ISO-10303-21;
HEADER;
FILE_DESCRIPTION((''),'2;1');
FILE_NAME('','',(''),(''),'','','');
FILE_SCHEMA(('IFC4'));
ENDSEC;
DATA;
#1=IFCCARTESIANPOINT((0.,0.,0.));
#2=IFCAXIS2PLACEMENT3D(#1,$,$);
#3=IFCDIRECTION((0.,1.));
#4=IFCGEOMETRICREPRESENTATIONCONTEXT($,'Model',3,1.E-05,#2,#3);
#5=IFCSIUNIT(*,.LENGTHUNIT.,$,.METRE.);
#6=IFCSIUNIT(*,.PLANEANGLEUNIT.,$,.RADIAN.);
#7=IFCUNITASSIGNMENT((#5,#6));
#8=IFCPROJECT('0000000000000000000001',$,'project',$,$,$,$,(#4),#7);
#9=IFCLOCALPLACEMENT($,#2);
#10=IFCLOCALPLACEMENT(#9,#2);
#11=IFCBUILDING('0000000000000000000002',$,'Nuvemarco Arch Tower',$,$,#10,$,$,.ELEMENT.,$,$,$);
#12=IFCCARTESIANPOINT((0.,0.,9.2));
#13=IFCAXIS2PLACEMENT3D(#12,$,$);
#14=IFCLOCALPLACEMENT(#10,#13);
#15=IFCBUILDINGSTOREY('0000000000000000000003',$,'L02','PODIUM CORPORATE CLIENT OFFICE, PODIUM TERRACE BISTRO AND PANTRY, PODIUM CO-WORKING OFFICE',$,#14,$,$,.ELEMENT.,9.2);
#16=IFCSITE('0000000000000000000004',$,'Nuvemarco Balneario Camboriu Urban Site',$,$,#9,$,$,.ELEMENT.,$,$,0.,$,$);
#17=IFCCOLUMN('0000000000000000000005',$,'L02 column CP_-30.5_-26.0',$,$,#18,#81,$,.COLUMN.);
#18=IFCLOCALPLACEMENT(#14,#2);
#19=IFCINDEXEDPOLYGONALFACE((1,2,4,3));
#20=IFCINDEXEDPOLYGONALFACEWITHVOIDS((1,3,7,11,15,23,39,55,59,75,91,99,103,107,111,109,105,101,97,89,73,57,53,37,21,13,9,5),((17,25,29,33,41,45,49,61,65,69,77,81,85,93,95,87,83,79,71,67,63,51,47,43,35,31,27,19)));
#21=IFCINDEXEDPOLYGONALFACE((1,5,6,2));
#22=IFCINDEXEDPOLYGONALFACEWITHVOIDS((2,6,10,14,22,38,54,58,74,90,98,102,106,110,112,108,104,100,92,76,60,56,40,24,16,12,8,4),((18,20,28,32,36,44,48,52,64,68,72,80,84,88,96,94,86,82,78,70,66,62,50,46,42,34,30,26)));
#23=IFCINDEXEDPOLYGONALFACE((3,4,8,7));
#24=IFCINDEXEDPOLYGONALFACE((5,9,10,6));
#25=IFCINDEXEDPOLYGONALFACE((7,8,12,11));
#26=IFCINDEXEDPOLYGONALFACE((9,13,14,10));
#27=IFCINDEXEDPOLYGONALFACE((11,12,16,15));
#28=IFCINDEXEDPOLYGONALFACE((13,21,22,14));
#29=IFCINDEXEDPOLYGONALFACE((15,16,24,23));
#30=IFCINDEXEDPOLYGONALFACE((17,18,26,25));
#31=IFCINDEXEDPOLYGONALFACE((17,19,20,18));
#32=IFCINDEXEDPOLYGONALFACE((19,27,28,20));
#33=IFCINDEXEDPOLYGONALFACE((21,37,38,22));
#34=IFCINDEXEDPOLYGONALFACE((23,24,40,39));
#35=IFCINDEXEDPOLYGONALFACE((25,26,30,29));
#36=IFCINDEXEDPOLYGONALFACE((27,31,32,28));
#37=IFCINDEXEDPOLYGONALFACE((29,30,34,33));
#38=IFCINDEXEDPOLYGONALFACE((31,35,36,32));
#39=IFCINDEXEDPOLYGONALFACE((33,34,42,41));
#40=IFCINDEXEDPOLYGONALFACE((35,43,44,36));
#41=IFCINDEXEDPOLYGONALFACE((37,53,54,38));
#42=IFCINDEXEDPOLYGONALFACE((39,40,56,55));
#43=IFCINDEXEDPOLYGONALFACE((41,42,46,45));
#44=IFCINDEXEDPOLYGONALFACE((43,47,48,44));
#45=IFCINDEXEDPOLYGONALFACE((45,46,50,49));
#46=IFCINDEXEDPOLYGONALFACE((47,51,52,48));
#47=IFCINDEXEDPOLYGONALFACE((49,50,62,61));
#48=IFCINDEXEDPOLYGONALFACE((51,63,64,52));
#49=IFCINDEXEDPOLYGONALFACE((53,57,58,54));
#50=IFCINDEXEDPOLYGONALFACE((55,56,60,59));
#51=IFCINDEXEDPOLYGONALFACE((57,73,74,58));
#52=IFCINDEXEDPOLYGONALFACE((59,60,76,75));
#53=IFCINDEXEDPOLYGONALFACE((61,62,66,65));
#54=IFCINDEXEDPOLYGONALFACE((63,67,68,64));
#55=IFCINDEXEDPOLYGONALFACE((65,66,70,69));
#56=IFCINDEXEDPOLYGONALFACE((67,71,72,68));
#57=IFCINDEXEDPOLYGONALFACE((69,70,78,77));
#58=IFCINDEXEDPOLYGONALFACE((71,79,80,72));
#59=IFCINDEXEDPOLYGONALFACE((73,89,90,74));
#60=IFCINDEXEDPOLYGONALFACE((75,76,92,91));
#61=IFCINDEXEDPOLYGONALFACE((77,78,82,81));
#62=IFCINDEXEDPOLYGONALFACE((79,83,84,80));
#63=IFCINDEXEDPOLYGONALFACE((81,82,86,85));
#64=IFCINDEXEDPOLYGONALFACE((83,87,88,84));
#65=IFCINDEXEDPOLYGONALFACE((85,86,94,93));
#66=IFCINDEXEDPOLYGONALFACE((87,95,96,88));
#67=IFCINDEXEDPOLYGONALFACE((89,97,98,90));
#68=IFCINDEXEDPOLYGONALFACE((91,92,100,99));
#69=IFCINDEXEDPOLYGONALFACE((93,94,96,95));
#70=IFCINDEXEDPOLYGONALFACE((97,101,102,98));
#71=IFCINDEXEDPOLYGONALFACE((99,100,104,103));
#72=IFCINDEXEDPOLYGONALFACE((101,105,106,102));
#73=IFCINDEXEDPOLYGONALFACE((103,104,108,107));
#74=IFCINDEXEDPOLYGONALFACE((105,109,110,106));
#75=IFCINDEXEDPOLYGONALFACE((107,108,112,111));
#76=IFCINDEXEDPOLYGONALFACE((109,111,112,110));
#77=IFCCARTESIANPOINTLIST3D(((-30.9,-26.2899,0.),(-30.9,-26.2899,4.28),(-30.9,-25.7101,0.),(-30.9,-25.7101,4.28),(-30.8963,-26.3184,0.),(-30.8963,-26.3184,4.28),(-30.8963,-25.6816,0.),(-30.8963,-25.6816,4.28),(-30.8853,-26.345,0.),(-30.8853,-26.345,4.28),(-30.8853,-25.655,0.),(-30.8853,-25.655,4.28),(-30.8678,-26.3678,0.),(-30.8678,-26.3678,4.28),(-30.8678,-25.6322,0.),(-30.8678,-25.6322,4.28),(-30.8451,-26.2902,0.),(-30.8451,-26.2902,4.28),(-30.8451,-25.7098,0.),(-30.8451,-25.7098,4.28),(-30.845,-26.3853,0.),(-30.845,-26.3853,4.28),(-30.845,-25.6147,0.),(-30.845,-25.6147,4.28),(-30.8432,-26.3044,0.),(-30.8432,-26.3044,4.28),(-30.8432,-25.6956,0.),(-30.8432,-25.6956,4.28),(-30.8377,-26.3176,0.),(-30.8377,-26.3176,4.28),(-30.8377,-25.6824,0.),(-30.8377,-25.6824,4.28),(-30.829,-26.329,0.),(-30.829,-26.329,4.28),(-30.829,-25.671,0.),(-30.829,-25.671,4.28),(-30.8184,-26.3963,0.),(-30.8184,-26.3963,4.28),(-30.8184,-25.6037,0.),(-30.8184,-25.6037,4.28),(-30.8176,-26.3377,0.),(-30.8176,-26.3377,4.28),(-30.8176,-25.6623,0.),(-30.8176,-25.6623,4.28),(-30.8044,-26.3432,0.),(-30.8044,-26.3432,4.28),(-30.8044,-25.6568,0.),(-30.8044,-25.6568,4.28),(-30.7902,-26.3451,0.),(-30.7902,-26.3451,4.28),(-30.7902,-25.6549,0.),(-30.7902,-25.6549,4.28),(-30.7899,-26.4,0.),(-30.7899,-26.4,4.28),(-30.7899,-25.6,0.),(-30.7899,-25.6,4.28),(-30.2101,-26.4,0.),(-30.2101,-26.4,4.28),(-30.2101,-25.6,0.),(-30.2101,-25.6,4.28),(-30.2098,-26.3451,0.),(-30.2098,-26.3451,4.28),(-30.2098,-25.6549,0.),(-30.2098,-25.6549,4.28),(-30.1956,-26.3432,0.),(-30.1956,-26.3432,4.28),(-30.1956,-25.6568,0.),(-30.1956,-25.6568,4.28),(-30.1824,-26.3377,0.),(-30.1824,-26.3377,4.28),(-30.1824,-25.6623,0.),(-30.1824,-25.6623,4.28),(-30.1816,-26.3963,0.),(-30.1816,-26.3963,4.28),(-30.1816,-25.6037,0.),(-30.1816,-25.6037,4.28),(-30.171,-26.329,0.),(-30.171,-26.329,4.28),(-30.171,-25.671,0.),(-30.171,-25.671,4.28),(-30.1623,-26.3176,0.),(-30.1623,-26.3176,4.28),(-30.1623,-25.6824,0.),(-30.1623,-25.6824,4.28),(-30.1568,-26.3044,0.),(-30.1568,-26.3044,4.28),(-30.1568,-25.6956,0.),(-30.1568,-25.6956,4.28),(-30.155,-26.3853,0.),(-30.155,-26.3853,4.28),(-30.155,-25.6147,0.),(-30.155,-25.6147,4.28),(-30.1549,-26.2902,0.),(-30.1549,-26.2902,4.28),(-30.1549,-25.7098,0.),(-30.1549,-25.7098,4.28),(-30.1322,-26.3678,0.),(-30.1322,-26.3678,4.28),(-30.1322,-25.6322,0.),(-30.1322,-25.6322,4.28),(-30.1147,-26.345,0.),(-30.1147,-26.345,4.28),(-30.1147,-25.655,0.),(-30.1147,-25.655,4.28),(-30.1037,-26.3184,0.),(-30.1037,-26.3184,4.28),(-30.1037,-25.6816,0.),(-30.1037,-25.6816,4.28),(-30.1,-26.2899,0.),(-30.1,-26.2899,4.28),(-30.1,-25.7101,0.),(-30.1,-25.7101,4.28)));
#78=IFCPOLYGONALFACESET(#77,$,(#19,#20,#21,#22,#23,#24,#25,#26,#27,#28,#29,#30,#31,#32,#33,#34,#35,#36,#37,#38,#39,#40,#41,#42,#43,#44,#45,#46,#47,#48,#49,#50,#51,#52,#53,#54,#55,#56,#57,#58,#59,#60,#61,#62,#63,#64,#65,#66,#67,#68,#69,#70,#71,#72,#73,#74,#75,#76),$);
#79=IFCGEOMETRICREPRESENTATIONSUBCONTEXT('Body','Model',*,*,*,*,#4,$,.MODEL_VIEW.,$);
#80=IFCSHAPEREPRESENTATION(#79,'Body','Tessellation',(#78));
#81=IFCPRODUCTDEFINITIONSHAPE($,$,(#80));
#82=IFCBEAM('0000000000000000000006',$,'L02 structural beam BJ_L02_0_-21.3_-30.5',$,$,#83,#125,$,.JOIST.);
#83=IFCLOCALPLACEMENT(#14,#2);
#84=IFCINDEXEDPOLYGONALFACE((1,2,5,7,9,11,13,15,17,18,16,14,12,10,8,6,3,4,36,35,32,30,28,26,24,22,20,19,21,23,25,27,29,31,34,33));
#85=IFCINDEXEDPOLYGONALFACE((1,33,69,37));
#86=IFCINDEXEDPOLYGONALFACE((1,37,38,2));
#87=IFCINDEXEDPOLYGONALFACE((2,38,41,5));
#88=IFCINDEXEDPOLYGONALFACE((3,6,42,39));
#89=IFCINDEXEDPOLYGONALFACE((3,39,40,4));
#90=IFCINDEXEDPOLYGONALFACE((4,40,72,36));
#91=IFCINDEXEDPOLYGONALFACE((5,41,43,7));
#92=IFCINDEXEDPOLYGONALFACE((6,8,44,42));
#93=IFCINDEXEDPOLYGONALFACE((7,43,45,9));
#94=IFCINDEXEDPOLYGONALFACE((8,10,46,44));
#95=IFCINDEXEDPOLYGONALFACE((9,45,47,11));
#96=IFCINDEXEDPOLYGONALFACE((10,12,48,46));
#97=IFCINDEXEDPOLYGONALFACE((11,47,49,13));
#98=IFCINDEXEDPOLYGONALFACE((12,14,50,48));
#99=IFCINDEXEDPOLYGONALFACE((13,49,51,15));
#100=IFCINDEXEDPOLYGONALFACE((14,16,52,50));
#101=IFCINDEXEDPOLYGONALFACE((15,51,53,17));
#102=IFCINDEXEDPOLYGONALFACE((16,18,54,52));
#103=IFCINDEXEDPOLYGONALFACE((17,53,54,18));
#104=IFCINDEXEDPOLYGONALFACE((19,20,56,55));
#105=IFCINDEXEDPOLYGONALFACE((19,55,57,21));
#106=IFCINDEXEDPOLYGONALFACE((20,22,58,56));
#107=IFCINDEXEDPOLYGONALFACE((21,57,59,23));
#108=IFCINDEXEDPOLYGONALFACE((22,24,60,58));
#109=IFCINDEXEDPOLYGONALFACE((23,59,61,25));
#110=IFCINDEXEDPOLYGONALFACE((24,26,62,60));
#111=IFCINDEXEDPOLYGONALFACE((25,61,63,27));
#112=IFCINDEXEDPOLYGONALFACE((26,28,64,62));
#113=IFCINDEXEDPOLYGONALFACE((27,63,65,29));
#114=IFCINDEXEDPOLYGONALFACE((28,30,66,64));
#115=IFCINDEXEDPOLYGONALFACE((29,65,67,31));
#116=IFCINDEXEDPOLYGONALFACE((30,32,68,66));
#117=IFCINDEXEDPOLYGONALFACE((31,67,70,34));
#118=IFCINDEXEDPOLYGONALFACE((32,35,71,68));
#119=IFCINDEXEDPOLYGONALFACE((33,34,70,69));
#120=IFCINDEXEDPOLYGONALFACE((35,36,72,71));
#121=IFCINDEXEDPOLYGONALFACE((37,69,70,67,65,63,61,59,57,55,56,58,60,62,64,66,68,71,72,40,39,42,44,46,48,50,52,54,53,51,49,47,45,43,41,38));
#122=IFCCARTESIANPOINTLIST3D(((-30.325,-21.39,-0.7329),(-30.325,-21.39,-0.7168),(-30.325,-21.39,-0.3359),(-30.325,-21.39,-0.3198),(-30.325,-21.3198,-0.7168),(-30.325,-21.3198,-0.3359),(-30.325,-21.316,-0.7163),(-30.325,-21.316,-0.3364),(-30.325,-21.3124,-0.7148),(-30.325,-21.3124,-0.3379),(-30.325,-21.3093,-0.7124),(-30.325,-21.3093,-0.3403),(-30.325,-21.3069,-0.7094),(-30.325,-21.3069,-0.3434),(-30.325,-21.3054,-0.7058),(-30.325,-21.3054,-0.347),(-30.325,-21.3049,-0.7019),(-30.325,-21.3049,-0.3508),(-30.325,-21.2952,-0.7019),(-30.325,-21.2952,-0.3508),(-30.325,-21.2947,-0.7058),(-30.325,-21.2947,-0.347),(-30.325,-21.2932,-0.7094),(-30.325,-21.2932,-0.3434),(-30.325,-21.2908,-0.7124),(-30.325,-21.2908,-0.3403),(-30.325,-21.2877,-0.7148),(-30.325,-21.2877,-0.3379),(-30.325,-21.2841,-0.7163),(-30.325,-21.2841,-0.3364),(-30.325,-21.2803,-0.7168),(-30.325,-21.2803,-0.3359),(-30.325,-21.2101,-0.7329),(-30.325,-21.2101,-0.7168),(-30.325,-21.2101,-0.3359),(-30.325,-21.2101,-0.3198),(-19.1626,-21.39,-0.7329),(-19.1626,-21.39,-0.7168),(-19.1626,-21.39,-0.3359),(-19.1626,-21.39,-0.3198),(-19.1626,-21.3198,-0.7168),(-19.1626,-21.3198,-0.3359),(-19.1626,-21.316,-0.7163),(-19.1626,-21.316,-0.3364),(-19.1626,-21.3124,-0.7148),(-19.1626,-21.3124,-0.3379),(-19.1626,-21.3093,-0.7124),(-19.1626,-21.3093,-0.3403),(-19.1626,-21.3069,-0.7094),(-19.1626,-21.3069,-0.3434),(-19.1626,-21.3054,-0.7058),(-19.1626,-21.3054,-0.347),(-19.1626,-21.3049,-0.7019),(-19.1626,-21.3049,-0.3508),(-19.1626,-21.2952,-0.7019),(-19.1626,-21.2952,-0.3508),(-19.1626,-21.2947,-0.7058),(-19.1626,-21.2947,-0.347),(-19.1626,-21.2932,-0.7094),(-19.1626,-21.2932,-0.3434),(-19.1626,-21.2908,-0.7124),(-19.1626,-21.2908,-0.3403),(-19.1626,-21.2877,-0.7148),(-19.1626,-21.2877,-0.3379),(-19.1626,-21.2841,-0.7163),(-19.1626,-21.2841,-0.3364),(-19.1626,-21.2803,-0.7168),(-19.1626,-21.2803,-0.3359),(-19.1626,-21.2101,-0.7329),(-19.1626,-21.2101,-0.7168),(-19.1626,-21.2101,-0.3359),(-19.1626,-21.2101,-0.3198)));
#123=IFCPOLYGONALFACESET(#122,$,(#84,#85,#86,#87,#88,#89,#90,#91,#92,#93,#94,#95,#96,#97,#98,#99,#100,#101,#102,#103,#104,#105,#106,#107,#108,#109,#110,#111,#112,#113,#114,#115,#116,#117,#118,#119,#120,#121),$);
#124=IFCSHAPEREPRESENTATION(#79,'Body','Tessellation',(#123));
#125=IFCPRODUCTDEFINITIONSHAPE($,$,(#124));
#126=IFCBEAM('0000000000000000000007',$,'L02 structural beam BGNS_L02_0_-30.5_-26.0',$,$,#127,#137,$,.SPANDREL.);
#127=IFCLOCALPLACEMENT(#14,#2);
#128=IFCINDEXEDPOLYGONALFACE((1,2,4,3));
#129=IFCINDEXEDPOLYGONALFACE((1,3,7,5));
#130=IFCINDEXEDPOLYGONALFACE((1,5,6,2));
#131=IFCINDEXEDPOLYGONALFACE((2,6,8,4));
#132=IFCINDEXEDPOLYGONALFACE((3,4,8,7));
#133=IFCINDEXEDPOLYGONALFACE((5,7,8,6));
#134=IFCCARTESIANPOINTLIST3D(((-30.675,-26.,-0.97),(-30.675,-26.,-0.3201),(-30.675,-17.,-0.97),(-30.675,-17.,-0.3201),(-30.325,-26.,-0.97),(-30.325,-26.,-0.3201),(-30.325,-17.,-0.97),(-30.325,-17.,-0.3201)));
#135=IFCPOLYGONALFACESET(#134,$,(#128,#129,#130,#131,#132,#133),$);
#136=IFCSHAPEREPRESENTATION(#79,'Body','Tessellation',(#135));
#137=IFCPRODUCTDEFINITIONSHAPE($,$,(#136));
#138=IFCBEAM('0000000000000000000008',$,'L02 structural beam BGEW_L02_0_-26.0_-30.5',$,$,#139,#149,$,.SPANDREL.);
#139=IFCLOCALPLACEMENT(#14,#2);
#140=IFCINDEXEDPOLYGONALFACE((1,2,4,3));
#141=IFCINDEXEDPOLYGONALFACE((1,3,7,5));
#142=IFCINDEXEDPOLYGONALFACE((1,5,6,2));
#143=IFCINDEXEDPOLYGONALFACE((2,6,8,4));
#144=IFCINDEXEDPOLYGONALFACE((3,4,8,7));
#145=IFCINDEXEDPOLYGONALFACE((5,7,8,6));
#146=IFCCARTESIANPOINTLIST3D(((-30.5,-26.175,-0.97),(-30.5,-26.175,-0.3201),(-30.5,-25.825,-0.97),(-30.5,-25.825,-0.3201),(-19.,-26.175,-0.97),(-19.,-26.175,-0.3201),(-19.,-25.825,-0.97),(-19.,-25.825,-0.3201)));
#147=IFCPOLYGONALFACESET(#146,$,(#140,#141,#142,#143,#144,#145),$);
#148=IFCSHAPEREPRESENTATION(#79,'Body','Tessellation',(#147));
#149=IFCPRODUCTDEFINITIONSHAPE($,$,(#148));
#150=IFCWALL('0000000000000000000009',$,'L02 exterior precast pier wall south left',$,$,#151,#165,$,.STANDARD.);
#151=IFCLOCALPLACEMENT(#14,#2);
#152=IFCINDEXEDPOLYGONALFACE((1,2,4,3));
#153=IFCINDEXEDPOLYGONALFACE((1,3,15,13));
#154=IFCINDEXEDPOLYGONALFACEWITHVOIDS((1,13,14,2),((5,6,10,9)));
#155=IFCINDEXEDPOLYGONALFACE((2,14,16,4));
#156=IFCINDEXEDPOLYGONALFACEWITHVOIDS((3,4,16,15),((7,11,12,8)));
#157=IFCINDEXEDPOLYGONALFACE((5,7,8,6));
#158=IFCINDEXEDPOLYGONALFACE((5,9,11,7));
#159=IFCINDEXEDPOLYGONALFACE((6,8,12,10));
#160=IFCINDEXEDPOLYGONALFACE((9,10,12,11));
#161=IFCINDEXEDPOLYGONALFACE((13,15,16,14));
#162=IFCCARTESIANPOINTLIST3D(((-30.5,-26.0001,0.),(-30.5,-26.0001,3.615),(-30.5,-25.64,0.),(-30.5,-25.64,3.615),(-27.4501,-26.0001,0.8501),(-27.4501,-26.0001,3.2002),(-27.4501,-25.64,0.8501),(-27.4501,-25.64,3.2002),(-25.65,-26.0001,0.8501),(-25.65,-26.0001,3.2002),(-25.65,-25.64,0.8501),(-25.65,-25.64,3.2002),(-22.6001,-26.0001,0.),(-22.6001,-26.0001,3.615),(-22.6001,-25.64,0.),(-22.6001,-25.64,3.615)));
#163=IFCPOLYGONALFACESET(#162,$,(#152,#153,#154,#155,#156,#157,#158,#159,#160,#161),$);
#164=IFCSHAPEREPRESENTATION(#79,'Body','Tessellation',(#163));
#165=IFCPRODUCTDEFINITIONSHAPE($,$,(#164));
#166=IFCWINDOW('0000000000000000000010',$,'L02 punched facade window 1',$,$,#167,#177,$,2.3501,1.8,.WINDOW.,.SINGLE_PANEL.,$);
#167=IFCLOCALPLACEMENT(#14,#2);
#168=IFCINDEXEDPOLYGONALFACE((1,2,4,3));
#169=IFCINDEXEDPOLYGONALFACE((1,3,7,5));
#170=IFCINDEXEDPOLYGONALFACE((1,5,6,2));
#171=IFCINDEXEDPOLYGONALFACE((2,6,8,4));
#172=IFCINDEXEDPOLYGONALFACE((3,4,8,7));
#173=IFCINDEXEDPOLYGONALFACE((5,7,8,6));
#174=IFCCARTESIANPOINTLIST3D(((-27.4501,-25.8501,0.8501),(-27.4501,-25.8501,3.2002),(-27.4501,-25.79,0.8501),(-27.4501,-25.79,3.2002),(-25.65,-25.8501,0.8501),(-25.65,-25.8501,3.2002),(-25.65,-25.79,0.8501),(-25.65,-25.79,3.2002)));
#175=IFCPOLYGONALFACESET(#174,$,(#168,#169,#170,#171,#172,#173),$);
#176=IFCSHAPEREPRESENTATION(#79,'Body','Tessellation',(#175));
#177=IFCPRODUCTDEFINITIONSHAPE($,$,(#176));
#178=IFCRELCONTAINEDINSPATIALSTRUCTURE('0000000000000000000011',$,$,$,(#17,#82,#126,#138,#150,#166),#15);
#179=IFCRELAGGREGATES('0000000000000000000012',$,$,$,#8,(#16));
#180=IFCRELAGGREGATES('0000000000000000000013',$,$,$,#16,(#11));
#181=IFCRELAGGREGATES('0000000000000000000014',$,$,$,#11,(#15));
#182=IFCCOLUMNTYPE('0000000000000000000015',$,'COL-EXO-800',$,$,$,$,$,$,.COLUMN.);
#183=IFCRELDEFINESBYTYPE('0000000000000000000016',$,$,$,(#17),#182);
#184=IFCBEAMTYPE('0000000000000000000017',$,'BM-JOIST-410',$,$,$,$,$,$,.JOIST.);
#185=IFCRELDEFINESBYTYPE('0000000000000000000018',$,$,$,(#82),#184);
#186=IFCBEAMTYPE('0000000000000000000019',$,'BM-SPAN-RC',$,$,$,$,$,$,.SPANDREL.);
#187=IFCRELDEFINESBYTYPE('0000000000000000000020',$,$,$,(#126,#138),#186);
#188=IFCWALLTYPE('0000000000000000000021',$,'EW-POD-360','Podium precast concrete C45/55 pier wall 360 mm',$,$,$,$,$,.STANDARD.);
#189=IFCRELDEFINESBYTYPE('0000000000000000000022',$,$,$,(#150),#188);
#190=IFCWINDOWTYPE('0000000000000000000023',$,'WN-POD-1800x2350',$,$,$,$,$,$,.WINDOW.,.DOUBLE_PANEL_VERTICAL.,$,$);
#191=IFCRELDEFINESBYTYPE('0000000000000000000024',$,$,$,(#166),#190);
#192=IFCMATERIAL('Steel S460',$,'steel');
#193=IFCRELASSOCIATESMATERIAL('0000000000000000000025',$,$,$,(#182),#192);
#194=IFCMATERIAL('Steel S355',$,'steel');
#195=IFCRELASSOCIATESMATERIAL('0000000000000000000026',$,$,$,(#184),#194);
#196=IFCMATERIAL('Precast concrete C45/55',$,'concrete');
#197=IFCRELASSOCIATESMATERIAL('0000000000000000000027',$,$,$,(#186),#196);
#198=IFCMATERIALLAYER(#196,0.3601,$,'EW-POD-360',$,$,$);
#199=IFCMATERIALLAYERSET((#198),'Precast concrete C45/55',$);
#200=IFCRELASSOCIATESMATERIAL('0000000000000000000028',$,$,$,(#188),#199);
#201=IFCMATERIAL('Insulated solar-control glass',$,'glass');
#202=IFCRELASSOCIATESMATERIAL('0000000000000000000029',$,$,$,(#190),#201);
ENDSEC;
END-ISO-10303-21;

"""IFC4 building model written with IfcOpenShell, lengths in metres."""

from ifc_helpers import new_model, si_unit, direction, frame, frame_2d, origin, origin_2d, place, context, subcontext, project, spatial, rectangle, hollow_rectangle, i_section, extrude, source, transform, mapped, material, layer, layer_set, material_profile, profile_set, type_object, type_shapes, element, fill, save


model = new_model("IFC4")

# Units and contexts
model_context = context("Model", 3, precision=1e-05, world=origin(), true_north=direction((0.0, 1.0)))
body_context = subcontext(model_context, "Body", "Model", "MODEL_VIEW")
ifc_project = project(units=[si_unit("LENGTHUNIT", "METRE"), si_unit("PLANEANGLEUNIT", "RADIAN")], contexts=[model_context])

# Site, building, storey
site_placement = place(None, origin())
site = spatial("IfcSite", under=ifc_project, at=site_placement, Name="Nuvemarco Balneario Camboriu Urban Site", CompositionType="ELEMENT", RefElevation=0.0)
building_placement = place(site_placement, origin())
building = spatial("IfcBuilding", under=site, at=building_placement, Name="Nuvemarco Arch Tower", CompositionType="ELEMENT")
storey_placement = place(building_placement, frame((0.0, 0.0, 9.2)))
storey = spatial("IfcBuildingStorey", under=building, at=storey_placement, Name="L02", Description="PODIUM CORPORATE CLIENT OFFICE, PODIUM TERRACE BISTRO AND PANTRY, PODIUM CO-WORKING OFFICE", CompositionType="ELEMENT", Elevation=9.2)

# Column
ifc_material_1 = material(Name="Steel S460", Category="steel")
ifc_material_profile_1 = material_profile(ifc_material_1, hollow_rectangle(XDim=0.8, YDim=0.8, WallThickness=0.0549, InnerFilletRadius=0.0549, OuterFilletRadius=0.1101, at=origin_2d()), Name="SHS800x800x55")
ifc_profile_set_1 = profile_set([ifc_material_profile_1], Name="Steel S460")
column_type = type_object("IfcColumnType", Name="COL-EXO-800", PredefinedType="COLUMN", material=ifc_profile_set_1)
column_placement = place(storey_placement, frame((-30.5, -26.0, 0.0), z_axis=(0.0, 0.0, 1.0), x_axis=(1.0, 0.0, 0.0)))
element("IfcColumn", 1, at=column_placement, inside=storey, type_object=column_type, Name="L02 column CP_-30.5_-26.0", PredefinedType="COLUMN", context=body_context, shape_type="SweptSolid", body=[
    extrude(hollow_rectangle(XDim=0.8, YDim=0.8, WallThickness=0.0549, InnerFilletRadius=0.0549, OuterFilletRadius=0.1101, at=origin_2d()), origin(), (0.0, 0.0, 1.0), 4.28),
])

# Beams
ifc_material_2 = material(Name="Steel S355", Category="steel")
ifc_material_profile_2 = material_profile(ifc_material_2, i_section(OverallWidth=0.1799, OverallDepth=0.4131, WebThickness=0.0098, FlangeThickness=0.0161, FilletRadius=0.0149, at=origin_2d()), Name="W410x75")
ifc_profile_set_2 = profile_set([ifc_material_profile_2], Name="Steel S355")
beam_type_1 = type_object("IfcBeamType", Name="BM-JOIST-410", PredefinedType="JOIST", material=ifc_profile_set_2)
beam_1_placement = place(storey_placement, frame((-30.325, -21.3, -0.5264), z_axis=(1.0, 0.0, 0.0), x_axis=(0.0, 1.0, 0.0)))
element("IfcBeam", 2, at=beam_1_placement, inside=storey, type_object=beam_type_1, Name="L02 structural beam BJ_L02_0_-21.3_-30.5", PredefinedType="JOIST", context=body_context, shape_type="SweptSolid", body=[
    extrude(i_section(OverallWidth=0.1799, OverallDepth=0.4131, WebThickness=0.0098, FlangeThickness=0.0161, FilletRadius=0.0149, at=origin_2d()), origin(), (0.0, 0.0, 1.0), 11.1624),
])
ifc_material_3 = material(Name="Precast concrete C45/55", Category="concrete")
ifc_material_profile_3 = material_profile(ifc_material_3, rectangle(XDim=0.3501, YDim=0.6499, at=origin_2d()), Name="PC-SP-350x650")
ifc_profile_set_3 = profile_set([ifc_material_profile_3], Name="Precast concrete C45/55")
beam_type_2 = type_object("IfcBeamType", Name="BM-SPAN-RC", PredefinedType="SPANDREL", material=ifc_profile_set_3)
beam_2_placement = place(storey_placement, frame((-30.5, -26.0, -0.645), z_axis=(0.0, 1.0, 0.0), x_axis=(-1.0, 0.0, 0.0)))
element("IfcBeam", 3, at=beam_2_placement, inside=storey, type_object=beam_type_2, Name="L02 structural beam BGNS_L02_0_-30.5_-26.0", PredefinedType="SPANDREL", context=body_context, shape_type="SweptSolid", body=[
    extrude(rectangle(XDim=0.3501, YDim=0.6499, at=origin_2d()), origin(), (0.0, 0.0, 1.0), 9.0),
])
beam_3_placement = place(storey_placement, frame((-30.5, -26.0, -0.645), z_axis=(1.0, 0.0, 0.0), x_axis=(0.0, 1.0, 0.0)))
element("IfcBeam", 4, at=beam_3_placement, inside=storey, type_object=beam_type_2, Name="L02 structural beam BGEW_L02_0_-26.0_-30.5", PredefinedType="SPANDREL", context=body_context, shape_type="SweptSolid", body=[
    extrude(rectangle(XDim=0.3501, YDim=0.6499, at=origin_2d()), origin(), (0.0, 0.0, 1.0), 11.5),
])

# Shared definitions
ifc_material_4 = material(Name="Insulated solar-control glass", Category="glass")

# Wall, opening, window
ifc_layer_1 = layer(ifc_material_3, 0.3601, Name="EW-POD-360")
ifc_layer_set_1 = layer_set([ifc_layer_1], Name="Precast concrete C45/55")
wall_type = type_object("IfcWallType", Name="EW-POD-360", Description="Podium precast concrete C45/55 pier wall 360 mm", PredefinedType="STANDARD", material=ifc_layer_set_1)
wall_1_placement = place(storey_placement, frame((-30.5, -25.8201, 0.0), z_axis=(0.0, 0.0, 1.0), x_axis=(1.0, 0.0, 0.0)))
wall_1 = element("IfcWall", 5, at=wall_1_placement, inside=storey, type_object=wall_type, Name="L02 exterior precast pier wall south left", PredefinedType="STANDARD", context=body_context, shape_type="SweptSolid", body=[
    extrude(rectangle(XDim=7.8999, YDim=0.3601, at=frame_2d((3.95, 0.0))), origin(), (0.0, 0.0, 1.0), 3.615),
])
opening_1_placement = place(wall_1_placement, frame((3.05, 0.0, 0.8501)))
opening_1 = element("IfcOpeningElement", 6, at=opening_1_placement, cuts=wall_1, PredefinedType="OPENING", context=body_context, shape_type="SweptSolid", body=[
    extrude(rectangle(XDim=1.8, YDim=2.3501, at=frame_2d((0.8999, 1.175))), frame((0.0, 0.1899, 0.0), z_axis=(0.0, -1.0, 0.0), x_axis=(1.0, 0.0, 0.0)), (0.0, 0.0, 1.0), 0.3801),
])
window_type_1 = type_object("IfcWindowType", Name="WN-POD-1800x2350", PartitioningType="DOUBLE_PANEL_VERTICAL", PredefinedType="WINDOW", material=ifc_material_4)
shared_shape_1 = source(origin(), body_context, "Body", "SweptSolid", [
    extrude(rectangle(XDim=1.8, YDim=2.3501, at=frame_2d((0.8999, 1.175))), frame((0.0, 0.03, 0.0), z_axis=(0.0, -1.0, 0.0), x_axis=(1.0, 0.0, 0.0)), (0.0, 0.0, 1.0), 0.0601),
])
type_shapes(window_type_1, [shared_shape_1])
window_1_placement = place(opening_1_placement, origin())
window_1 = element("IfcWindow", 7, at=window_1_placement, inside=storey, type_object=window_type_1, Name="L02 punched facade window 1", OverallHeight=2.3501, OverallWidth=1.8, PartitioningType="SINGLE_PANEL", PredefinedType="WINDOW", context=body_context, shape_type="MappedRepresentation", body=[
    mapped(shared_shape_1, transform((0.0, 0.0, 0.0), scale=1.0)),
])
fill(opening_1, window_1)

save(model, "model.ifc")
